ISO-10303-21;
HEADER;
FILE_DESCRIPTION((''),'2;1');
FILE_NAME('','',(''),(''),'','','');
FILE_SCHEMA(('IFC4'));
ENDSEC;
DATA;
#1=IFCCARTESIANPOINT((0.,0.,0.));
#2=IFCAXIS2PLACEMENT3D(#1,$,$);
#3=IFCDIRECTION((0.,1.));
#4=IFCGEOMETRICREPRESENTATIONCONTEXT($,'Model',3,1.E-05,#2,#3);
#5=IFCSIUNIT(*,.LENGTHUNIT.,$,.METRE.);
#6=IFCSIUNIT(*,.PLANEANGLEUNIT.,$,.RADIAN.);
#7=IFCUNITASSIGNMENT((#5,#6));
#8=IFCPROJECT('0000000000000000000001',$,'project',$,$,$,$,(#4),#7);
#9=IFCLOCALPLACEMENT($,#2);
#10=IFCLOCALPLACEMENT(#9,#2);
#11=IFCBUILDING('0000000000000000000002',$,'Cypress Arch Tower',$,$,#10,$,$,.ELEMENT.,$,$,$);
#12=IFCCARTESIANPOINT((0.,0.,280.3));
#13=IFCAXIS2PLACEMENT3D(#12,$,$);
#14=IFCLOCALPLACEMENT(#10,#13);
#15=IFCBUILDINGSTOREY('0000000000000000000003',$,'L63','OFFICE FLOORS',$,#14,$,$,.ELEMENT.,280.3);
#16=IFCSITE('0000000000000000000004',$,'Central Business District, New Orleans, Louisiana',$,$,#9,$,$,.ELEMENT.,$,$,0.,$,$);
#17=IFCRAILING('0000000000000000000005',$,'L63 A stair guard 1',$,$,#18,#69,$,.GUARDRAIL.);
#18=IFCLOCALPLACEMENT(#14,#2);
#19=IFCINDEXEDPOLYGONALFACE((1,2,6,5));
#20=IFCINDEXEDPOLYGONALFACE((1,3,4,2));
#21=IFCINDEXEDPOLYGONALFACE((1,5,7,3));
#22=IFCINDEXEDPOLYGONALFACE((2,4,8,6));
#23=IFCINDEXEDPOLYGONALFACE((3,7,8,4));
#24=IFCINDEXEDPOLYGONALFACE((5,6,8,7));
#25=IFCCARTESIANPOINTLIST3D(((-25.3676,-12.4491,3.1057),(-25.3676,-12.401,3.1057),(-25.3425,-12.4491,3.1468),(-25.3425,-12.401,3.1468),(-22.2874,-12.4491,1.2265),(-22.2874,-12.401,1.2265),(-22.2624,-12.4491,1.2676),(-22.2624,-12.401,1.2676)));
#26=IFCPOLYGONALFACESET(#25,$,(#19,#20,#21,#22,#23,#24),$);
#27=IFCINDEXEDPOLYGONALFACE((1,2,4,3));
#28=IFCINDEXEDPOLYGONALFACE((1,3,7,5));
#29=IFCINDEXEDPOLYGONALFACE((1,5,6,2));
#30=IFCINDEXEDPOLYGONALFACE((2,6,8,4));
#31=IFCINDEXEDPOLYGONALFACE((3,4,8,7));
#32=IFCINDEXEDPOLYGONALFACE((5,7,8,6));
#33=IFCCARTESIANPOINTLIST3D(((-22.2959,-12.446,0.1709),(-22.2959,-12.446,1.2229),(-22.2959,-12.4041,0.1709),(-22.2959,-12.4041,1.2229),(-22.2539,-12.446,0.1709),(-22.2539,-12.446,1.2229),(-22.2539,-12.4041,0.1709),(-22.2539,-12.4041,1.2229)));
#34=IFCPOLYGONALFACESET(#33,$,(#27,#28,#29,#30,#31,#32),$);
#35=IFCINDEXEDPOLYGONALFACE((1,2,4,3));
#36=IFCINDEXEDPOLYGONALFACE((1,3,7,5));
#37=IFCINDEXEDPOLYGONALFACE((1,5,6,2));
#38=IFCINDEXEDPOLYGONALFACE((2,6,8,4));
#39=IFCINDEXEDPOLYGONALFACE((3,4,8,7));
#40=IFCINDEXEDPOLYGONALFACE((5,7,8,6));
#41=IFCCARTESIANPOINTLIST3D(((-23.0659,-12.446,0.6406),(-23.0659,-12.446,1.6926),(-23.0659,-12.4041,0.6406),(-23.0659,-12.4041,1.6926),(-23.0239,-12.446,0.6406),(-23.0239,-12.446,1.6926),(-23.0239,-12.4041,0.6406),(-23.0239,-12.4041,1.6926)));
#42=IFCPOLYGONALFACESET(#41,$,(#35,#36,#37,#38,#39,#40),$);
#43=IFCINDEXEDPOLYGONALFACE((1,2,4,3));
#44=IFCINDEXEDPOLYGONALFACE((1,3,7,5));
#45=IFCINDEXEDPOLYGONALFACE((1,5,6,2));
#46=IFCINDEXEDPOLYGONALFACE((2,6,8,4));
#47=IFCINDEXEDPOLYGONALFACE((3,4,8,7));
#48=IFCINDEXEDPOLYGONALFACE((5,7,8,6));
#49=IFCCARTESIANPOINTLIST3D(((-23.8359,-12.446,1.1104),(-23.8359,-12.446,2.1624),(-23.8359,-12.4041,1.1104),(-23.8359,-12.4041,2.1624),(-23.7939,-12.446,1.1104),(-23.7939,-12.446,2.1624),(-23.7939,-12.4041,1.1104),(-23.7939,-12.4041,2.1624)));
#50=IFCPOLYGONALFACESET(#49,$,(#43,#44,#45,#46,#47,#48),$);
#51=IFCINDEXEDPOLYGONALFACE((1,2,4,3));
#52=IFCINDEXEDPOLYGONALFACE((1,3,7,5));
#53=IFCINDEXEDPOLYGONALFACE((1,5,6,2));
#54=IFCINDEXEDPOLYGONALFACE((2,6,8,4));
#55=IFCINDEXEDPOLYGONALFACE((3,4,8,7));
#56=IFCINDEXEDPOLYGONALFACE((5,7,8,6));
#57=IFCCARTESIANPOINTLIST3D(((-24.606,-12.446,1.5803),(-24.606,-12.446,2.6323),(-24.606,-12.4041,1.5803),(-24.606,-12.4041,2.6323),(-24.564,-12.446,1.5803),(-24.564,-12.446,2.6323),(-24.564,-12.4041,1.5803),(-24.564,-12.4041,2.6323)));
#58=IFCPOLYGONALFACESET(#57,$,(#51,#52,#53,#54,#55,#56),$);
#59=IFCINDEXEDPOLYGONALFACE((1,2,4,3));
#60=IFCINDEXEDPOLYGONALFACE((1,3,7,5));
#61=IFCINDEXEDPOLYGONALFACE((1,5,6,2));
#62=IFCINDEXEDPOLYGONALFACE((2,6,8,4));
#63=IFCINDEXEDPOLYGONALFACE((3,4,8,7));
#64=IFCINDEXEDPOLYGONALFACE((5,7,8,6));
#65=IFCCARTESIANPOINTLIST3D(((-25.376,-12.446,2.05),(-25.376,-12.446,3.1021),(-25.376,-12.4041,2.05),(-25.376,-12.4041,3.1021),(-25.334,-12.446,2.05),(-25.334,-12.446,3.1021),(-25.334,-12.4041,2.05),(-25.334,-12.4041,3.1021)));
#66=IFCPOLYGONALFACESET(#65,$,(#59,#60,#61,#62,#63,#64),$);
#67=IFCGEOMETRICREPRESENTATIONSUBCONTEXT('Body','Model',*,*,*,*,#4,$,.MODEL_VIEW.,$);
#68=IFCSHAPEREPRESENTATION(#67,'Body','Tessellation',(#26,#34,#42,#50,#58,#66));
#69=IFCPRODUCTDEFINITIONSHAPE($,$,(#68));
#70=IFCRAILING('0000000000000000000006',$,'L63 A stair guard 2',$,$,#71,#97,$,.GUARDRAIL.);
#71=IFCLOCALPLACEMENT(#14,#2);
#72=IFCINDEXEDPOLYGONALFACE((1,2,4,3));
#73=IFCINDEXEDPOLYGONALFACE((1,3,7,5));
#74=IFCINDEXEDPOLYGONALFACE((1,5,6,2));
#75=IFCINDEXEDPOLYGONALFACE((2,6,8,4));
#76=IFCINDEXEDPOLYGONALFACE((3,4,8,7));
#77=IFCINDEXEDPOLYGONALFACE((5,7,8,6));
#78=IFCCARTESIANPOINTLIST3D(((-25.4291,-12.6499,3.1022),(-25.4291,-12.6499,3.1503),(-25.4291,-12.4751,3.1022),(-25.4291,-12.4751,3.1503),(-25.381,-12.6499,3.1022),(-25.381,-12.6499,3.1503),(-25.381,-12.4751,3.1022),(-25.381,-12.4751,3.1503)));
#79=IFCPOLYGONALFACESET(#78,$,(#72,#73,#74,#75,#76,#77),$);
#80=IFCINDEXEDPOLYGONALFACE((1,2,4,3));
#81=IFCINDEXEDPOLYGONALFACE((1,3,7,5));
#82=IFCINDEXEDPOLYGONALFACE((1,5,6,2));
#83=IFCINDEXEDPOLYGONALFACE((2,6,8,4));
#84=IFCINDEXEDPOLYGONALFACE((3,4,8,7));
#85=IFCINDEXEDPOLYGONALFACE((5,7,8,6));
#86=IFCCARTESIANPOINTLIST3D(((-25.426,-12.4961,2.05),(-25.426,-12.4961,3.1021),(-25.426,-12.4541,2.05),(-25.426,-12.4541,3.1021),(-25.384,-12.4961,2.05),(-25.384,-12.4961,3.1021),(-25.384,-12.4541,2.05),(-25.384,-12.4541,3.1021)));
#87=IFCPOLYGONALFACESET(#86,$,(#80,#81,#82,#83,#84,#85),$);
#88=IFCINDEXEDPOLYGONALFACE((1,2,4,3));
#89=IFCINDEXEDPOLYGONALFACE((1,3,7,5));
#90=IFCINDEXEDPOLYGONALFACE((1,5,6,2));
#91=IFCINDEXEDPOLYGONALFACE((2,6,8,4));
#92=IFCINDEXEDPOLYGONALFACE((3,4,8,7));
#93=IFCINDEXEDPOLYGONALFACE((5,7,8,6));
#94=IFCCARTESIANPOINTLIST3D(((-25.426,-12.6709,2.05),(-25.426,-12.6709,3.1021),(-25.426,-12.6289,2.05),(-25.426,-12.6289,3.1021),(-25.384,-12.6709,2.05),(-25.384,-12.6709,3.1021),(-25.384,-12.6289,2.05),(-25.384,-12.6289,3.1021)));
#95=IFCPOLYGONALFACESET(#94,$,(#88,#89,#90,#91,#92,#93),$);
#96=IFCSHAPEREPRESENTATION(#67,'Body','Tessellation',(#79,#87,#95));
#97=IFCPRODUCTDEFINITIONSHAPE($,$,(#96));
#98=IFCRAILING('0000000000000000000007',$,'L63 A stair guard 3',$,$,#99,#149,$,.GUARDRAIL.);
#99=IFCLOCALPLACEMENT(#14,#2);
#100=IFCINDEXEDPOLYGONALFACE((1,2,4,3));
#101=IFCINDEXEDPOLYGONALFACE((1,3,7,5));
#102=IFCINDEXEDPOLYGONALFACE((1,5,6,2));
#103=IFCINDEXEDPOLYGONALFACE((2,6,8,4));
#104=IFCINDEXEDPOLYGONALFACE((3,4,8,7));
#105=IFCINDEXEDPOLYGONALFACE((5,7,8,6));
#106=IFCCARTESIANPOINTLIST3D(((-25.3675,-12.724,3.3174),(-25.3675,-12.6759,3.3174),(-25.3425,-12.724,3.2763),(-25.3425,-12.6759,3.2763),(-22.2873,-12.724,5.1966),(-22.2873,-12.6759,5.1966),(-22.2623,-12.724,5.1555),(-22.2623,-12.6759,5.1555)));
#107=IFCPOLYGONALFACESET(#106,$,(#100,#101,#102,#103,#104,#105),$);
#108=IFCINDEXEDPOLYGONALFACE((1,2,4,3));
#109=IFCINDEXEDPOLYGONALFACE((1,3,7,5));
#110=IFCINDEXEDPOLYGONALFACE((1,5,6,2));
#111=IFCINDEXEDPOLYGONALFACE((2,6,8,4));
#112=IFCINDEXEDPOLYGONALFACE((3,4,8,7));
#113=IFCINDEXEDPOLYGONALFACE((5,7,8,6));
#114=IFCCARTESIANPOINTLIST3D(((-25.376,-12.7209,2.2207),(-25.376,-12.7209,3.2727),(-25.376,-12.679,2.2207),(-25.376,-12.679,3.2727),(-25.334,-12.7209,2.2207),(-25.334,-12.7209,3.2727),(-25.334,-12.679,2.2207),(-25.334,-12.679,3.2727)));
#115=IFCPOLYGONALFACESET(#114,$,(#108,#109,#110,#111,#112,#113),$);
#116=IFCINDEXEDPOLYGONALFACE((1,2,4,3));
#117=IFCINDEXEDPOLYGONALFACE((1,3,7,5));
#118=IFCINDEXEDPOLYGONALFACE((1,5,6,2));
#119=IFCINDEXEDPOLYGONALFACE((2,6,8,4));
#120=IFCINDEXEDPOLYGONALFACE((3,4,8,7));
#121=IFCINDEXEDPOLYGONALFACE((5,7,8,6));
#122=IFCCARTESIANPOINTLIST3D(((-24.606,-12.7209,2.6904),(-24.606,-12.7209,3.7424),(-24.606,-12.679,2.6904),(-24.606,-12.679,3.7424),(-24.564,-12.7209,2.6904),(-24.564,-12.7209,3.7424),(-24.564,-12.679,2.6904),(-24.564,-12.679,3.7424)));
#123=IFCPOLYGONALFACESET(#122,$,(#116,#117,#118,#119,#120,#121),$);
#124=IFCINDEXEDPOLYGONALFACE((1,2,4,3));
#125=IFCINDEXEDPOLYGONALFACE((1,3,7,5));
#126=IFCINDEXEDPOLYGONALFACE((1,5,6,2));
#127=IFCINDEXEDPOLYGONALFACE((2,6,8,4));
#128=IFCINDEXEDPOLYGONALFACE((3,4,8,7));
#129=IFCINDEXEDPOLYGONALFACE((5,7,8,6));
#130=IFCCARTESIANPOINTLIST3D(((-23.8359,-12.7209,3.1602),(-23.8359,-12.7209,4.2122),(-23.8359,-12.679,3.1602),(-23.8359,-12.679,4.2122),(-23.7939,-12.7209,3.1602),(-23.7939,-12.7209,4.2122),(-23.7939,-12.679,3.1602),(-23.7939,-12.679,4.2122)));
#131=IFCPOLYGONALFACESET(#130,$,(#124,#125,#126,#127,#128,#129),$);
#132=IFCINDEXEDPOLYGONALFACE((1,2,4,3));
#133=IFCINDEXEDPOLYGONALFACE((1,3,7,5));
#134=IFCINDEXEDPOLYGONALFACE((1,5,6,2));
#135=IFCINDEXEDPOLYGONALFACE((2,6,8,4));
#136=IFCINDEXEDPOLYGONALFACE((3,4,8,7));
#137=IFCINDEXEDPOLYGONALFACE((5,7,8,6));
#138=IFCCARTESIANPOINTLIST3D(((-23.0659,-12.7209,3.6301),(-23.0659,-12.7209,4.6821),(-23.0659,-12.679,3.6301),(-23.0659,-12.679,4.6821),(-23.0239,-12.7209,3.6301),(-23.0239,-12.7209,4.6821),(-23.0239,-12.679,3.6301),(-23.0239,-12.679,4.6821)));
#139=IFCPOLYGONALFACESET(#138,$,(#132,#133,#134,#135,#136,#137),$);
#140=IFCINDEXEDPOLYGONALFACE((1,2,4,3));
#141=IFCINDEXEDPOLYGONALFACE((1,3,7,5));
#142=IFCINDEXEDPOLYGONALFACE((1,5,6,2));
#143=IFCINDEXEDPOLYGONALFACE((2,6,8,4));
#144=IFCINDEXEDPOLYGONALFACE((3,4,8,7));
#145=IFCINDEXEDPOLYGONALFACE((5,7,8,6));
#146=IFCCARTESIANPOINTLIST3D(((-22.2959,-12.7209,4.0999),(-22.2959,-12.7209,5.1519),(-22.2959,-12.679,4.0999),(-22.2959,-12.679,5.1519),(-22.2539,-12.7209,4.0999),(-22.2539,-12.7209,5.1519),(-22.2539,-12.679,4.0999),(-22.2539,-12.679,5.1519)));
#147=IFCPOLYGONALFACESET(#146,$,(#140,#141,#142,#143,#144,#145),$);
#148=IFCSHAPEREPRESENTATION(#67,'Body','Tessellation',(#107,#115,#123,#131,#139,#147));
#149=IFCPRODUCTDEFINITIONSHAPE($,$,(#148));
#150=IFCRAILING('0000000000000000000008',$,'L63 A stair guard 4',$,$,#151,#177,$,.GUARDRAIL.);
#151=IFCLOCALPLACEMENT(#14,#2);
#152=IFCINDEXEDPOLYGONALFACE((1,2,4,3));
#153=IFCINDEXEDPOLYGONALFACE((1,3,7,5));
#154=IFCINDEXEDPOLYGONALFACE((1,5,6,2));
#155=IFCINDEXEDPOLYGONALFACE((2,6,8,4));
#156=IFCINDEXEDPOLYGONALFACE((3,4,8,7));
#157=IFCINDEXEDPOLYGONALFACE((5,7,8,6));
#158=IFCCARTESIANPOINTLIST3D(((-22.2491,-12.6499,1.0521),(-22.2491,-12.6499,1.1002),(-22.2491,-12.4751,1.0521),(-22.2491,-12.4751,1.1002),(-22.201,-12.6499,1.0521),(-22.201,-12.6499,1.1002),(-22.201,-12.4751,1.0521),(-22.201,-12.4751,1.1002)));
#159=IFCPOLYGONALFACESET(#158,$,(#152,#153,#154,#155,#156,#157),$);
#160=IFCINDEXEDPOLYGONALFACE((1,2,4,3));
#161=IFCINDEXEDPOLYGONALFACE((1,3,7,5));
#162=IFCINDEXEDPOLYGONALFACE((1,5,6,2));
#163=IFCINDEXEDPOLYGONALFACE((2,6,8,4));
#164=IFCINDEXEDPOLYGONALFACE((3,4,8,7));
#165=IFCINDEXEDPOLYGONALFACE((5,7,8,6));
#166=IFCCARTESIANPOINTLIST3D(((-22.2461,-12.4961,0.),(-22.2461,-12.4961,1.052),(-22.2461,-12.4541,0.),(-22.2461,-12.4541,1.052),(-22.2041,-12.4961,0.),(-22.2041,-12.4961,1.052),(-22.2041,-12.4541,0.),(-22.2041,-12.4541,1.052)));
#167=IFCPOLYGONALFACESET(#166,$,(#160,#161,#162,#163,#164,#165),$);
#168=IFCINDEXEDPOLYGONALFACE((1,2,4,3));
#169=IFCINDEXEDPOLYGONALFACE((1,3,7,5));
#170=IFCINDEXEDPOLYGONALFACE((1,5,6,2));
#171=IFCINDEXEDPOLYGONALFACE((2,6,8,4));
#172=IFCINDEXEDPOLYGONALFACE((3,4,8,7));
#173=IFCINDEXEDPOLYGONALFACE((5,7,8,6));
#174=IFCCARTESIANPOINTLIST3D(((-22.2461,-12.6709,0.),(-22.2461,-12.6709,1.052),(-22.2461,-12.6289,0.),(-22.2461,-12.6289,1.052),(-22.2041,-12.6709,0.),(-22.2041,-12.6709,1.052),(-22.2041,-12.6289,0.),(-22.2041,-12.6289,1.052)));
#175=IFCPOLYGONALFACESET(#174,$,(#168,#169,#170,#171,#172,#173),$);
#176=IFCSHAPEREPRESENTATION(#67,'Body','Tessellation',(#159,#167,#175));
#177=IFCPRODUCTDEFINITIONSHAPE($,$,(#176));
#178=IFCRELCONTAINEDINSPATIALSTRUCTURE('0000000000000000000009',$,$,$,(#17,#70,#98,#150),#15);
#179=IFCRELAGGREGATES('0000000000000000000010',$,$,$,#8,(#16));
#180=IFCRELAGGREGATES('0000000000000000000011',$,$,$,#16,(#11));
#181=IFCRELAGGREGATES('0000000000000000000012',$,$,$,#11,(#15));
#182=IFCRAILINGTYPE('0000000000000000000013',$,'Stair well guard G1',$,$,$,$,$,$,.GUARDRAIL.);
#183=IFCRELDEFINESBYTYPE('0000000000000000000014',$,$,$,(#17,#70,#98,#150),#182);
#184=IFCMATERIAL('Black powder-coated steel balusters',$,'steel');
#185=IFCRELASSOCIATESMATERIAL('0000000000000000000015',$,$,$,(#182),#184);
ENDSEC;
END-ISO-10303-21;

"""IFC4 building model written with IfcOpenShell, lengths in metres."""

from ifc_helpers import new_model, si_unit, direction, frame, origin, origin_2d, place, context, subcontext, project, spatial, rectangle, extrude, material, type_object, element, save


model = new_model("IFC4")

# Units and contexts
model_context = context("Model", 3, precision=1e-05, world=origin(), true_north=direction((0.0, 1.0)))
body_context = subcontext(model_context, "Body", "Model", "MODEL_VIEW")
ifc_project = project(units=[si_unit("LENGTHUNIT", "METRE"), si_unit("PLANEANGLEUNIT", "RADIAN")], contexts=[model_context])

# Site, building, storey
site_placement = place(None, origin())
site = spatial("IfcSite", under=ifc_project, at=site_placement, Name="Central Business District, New Orleans, Louisiana", CompositionType="ELEMENT", RefElevation=0.0)
building_placement = place(site_placement, origin())
building = spatial("IfcBuilding", under=site, at=building_placement, Name="Cypress Arch Tower", CompositionType="ELEMENT")
storey_placement = place(building_placement, frame((0.0, 0.0, 280.3)))
storey = spatial("IfcBuildingStorey", under=building, at=storey_placement, Name="L63", Description="OFFICE FLOORS", CompositionType="ELEMENT", Elevation=280.3)

# Railings
ifc_material_1 = material(Name="Black powder-coated steel balusters", Category="steel")
railing_type_1 = type_object("IfcRailingType", Name="Stair well guard G1", PredefinedType="GUARDRAIL", material=ifc_material_1)
railing_1_placement = place(storey_placement, frame((-22.2749, -12.425, 0.1709)))
element("IfcRailing", 1, at=railing_1_placement, inside=storey, type_object=railing_type_1, Name="L63 A stair guard 1", PredefinedType="GUARDRAIL", context=body_context, shape_type="SweptSolid", body=[
    extrude(rectangle(XDim=0.0481, YDim=0.0481, at=origin_2d()), frame((0.0, 0.0, 1.0762), z_axis=(-0.853666, 0.0, 0.52082), x_axis=(0.0, -1.0, 0.0)), (0.0, 0.0, 1.0), 3.6082),
    extrude(rectangle(XDim=0.042, YDim=0.042, at=origin_2d()), origin(), (0.0, 0.0, 1.0), 1.052),
    extrude(rectangle(XDim=0.042, YDim=0.042, at=origin_2d()), frame((-0.77, 0.0, 0.4697)), (0.0, 0.0, 1.0), 1.052),
    extrude(rectangle(XDim=0.042, YDim=0.042, at=origin_2d()), frame((-1.54, 0.0, 0.9395)), (0.0, 0.0, 1.0), 1.052),
    extrude(rectangle(XDim=0.042, YDim=0.042, at=origin_2d()), frame((-2.3101, 0.0, 1.4094)), (0.0, 0.0, 1.0), 1.052),
    extrude(rectangle(XDim=0.042, YDim=0.042, at=origin_2d()), frame((-3.0801, 0.0, 1.8792)), (0.0, 0.0, 1.0), 1.052),
])
railing_2_placement = place(storey_placement, frame((-25.405, -12.4751, 2.05)))
element("IfcRailing", 2, at=railing_2_placement, inside=storey, type_object=railing_type_1, Name="L63 A stair guard 2", PredefinedType="GUARDRAIL", context=body_context, shape_type="SweptSolid", body=[
    extrude(rectangle(XDim=0.0481, YDim=0.0481, at=origin_2d()), frame((0.0, 0.0, 1.0762), z_axis=(0.0, -1.0, 0.0), x_axis=(1.0, 0.0, 0.0)), (0.0, 0.0, 1.0), 0.1748),
    extrude(rectangle(XDim=0.042, YDim=0.042, at=origin_2d()), origin(), (0.0, 0.0, 1.0), 1.052),
    extrude(rectangle(XDim=0.042, YDim=0.042, at=origin_2d()), frame((0.0, -0.1748, 0.0)), (0.0, 0.0, 1.0), 1.052),
])
railing_3_placement = place(storey_placement, frame((-25.355, -12.7, 2.2207)))
element("IfcRailing", 3, at=railing_3_placement, inside=storey, type_object=railing_type_1, Name="L63 A stair guard 3", PredefinedType="GUARDRAIL", context=body_context, shape_type="SweptSolid", body=[
    extrude(rectangle(XDim=0.0481, YDim=0.0481, at=origin_2d()), frame((0.0, 0.0, 1.0762), z_axis=(0.853666, 0.0, 0.52082), x_axis=(0.0, 1.0, 0.0)), (0.0, 0.0, 1.0), 3.6082),
    extrude(rectangle(XDim=0.042, YDim=0.042, at=origin_2d()), origin(), (0.0, 0.0, 1.0), 1.052),
    extrude(rectangle(XDim=0.042, YDim=0.042, at=origin_2d()), frame((0.77, 0.0, 0.4697)), (0.0, 0.0, 1.0), 1.052),
    extrude(rectangle(XDim=0.042, YDim=0.042, at=origin_2d()), frame((1.54, 0.0, 0.9395)), (0.0, 0.0, 1.0), 1.052),
    extrude(rectangle(XDim=0.042, YDim=0.042, at=origin_2d()), frame((2.3101, 0.0, 1.4094)), (0.0, 0.0, 1.0), 1.052),
    extrude(rectangle(XDim=0.042, YDim=0.042, at=origin_2d()), frame((3.0801, 0.0, 1.8792)), (0.0, 0.0, 1.0), 1.052),
])
railing_4_placement = place(storey_placement, frame((-22.2251, -12.4751, 0.0)))
element("IfcRailing", 4, at=railing_4_placement, inside=storey, type_object=railing_type_1, Name="L63 A stair guard 4", PredefinedType="GUARDRAIL", context=body_context, shape_type="SweptSolid", body=[
    extrude(rectangle(XDim=0.0481, YDim=0.0481, at=origin_2d()), frame((0.0, 0.0, 1.0762), z_axis=(0.0, -1.0, 0.0), x_axis=(1.0, 0.0, 0.0)), (0.0, 0.0, 1.0), 0.1748),
    extrude(rectangle(XDim=0.042, YDim=0.042, at=origin_2d()), origin(), (0.0, 0.0, 1.0), 1.052),
    extrude(rectangle(XDim=0.042, YDim=0.042, at=origin_2d()), frame((0.0, -0.1748, 0.0)), (0.0, 0.0, 1.0), 1.052),
])

save(model, "model.ifc")
